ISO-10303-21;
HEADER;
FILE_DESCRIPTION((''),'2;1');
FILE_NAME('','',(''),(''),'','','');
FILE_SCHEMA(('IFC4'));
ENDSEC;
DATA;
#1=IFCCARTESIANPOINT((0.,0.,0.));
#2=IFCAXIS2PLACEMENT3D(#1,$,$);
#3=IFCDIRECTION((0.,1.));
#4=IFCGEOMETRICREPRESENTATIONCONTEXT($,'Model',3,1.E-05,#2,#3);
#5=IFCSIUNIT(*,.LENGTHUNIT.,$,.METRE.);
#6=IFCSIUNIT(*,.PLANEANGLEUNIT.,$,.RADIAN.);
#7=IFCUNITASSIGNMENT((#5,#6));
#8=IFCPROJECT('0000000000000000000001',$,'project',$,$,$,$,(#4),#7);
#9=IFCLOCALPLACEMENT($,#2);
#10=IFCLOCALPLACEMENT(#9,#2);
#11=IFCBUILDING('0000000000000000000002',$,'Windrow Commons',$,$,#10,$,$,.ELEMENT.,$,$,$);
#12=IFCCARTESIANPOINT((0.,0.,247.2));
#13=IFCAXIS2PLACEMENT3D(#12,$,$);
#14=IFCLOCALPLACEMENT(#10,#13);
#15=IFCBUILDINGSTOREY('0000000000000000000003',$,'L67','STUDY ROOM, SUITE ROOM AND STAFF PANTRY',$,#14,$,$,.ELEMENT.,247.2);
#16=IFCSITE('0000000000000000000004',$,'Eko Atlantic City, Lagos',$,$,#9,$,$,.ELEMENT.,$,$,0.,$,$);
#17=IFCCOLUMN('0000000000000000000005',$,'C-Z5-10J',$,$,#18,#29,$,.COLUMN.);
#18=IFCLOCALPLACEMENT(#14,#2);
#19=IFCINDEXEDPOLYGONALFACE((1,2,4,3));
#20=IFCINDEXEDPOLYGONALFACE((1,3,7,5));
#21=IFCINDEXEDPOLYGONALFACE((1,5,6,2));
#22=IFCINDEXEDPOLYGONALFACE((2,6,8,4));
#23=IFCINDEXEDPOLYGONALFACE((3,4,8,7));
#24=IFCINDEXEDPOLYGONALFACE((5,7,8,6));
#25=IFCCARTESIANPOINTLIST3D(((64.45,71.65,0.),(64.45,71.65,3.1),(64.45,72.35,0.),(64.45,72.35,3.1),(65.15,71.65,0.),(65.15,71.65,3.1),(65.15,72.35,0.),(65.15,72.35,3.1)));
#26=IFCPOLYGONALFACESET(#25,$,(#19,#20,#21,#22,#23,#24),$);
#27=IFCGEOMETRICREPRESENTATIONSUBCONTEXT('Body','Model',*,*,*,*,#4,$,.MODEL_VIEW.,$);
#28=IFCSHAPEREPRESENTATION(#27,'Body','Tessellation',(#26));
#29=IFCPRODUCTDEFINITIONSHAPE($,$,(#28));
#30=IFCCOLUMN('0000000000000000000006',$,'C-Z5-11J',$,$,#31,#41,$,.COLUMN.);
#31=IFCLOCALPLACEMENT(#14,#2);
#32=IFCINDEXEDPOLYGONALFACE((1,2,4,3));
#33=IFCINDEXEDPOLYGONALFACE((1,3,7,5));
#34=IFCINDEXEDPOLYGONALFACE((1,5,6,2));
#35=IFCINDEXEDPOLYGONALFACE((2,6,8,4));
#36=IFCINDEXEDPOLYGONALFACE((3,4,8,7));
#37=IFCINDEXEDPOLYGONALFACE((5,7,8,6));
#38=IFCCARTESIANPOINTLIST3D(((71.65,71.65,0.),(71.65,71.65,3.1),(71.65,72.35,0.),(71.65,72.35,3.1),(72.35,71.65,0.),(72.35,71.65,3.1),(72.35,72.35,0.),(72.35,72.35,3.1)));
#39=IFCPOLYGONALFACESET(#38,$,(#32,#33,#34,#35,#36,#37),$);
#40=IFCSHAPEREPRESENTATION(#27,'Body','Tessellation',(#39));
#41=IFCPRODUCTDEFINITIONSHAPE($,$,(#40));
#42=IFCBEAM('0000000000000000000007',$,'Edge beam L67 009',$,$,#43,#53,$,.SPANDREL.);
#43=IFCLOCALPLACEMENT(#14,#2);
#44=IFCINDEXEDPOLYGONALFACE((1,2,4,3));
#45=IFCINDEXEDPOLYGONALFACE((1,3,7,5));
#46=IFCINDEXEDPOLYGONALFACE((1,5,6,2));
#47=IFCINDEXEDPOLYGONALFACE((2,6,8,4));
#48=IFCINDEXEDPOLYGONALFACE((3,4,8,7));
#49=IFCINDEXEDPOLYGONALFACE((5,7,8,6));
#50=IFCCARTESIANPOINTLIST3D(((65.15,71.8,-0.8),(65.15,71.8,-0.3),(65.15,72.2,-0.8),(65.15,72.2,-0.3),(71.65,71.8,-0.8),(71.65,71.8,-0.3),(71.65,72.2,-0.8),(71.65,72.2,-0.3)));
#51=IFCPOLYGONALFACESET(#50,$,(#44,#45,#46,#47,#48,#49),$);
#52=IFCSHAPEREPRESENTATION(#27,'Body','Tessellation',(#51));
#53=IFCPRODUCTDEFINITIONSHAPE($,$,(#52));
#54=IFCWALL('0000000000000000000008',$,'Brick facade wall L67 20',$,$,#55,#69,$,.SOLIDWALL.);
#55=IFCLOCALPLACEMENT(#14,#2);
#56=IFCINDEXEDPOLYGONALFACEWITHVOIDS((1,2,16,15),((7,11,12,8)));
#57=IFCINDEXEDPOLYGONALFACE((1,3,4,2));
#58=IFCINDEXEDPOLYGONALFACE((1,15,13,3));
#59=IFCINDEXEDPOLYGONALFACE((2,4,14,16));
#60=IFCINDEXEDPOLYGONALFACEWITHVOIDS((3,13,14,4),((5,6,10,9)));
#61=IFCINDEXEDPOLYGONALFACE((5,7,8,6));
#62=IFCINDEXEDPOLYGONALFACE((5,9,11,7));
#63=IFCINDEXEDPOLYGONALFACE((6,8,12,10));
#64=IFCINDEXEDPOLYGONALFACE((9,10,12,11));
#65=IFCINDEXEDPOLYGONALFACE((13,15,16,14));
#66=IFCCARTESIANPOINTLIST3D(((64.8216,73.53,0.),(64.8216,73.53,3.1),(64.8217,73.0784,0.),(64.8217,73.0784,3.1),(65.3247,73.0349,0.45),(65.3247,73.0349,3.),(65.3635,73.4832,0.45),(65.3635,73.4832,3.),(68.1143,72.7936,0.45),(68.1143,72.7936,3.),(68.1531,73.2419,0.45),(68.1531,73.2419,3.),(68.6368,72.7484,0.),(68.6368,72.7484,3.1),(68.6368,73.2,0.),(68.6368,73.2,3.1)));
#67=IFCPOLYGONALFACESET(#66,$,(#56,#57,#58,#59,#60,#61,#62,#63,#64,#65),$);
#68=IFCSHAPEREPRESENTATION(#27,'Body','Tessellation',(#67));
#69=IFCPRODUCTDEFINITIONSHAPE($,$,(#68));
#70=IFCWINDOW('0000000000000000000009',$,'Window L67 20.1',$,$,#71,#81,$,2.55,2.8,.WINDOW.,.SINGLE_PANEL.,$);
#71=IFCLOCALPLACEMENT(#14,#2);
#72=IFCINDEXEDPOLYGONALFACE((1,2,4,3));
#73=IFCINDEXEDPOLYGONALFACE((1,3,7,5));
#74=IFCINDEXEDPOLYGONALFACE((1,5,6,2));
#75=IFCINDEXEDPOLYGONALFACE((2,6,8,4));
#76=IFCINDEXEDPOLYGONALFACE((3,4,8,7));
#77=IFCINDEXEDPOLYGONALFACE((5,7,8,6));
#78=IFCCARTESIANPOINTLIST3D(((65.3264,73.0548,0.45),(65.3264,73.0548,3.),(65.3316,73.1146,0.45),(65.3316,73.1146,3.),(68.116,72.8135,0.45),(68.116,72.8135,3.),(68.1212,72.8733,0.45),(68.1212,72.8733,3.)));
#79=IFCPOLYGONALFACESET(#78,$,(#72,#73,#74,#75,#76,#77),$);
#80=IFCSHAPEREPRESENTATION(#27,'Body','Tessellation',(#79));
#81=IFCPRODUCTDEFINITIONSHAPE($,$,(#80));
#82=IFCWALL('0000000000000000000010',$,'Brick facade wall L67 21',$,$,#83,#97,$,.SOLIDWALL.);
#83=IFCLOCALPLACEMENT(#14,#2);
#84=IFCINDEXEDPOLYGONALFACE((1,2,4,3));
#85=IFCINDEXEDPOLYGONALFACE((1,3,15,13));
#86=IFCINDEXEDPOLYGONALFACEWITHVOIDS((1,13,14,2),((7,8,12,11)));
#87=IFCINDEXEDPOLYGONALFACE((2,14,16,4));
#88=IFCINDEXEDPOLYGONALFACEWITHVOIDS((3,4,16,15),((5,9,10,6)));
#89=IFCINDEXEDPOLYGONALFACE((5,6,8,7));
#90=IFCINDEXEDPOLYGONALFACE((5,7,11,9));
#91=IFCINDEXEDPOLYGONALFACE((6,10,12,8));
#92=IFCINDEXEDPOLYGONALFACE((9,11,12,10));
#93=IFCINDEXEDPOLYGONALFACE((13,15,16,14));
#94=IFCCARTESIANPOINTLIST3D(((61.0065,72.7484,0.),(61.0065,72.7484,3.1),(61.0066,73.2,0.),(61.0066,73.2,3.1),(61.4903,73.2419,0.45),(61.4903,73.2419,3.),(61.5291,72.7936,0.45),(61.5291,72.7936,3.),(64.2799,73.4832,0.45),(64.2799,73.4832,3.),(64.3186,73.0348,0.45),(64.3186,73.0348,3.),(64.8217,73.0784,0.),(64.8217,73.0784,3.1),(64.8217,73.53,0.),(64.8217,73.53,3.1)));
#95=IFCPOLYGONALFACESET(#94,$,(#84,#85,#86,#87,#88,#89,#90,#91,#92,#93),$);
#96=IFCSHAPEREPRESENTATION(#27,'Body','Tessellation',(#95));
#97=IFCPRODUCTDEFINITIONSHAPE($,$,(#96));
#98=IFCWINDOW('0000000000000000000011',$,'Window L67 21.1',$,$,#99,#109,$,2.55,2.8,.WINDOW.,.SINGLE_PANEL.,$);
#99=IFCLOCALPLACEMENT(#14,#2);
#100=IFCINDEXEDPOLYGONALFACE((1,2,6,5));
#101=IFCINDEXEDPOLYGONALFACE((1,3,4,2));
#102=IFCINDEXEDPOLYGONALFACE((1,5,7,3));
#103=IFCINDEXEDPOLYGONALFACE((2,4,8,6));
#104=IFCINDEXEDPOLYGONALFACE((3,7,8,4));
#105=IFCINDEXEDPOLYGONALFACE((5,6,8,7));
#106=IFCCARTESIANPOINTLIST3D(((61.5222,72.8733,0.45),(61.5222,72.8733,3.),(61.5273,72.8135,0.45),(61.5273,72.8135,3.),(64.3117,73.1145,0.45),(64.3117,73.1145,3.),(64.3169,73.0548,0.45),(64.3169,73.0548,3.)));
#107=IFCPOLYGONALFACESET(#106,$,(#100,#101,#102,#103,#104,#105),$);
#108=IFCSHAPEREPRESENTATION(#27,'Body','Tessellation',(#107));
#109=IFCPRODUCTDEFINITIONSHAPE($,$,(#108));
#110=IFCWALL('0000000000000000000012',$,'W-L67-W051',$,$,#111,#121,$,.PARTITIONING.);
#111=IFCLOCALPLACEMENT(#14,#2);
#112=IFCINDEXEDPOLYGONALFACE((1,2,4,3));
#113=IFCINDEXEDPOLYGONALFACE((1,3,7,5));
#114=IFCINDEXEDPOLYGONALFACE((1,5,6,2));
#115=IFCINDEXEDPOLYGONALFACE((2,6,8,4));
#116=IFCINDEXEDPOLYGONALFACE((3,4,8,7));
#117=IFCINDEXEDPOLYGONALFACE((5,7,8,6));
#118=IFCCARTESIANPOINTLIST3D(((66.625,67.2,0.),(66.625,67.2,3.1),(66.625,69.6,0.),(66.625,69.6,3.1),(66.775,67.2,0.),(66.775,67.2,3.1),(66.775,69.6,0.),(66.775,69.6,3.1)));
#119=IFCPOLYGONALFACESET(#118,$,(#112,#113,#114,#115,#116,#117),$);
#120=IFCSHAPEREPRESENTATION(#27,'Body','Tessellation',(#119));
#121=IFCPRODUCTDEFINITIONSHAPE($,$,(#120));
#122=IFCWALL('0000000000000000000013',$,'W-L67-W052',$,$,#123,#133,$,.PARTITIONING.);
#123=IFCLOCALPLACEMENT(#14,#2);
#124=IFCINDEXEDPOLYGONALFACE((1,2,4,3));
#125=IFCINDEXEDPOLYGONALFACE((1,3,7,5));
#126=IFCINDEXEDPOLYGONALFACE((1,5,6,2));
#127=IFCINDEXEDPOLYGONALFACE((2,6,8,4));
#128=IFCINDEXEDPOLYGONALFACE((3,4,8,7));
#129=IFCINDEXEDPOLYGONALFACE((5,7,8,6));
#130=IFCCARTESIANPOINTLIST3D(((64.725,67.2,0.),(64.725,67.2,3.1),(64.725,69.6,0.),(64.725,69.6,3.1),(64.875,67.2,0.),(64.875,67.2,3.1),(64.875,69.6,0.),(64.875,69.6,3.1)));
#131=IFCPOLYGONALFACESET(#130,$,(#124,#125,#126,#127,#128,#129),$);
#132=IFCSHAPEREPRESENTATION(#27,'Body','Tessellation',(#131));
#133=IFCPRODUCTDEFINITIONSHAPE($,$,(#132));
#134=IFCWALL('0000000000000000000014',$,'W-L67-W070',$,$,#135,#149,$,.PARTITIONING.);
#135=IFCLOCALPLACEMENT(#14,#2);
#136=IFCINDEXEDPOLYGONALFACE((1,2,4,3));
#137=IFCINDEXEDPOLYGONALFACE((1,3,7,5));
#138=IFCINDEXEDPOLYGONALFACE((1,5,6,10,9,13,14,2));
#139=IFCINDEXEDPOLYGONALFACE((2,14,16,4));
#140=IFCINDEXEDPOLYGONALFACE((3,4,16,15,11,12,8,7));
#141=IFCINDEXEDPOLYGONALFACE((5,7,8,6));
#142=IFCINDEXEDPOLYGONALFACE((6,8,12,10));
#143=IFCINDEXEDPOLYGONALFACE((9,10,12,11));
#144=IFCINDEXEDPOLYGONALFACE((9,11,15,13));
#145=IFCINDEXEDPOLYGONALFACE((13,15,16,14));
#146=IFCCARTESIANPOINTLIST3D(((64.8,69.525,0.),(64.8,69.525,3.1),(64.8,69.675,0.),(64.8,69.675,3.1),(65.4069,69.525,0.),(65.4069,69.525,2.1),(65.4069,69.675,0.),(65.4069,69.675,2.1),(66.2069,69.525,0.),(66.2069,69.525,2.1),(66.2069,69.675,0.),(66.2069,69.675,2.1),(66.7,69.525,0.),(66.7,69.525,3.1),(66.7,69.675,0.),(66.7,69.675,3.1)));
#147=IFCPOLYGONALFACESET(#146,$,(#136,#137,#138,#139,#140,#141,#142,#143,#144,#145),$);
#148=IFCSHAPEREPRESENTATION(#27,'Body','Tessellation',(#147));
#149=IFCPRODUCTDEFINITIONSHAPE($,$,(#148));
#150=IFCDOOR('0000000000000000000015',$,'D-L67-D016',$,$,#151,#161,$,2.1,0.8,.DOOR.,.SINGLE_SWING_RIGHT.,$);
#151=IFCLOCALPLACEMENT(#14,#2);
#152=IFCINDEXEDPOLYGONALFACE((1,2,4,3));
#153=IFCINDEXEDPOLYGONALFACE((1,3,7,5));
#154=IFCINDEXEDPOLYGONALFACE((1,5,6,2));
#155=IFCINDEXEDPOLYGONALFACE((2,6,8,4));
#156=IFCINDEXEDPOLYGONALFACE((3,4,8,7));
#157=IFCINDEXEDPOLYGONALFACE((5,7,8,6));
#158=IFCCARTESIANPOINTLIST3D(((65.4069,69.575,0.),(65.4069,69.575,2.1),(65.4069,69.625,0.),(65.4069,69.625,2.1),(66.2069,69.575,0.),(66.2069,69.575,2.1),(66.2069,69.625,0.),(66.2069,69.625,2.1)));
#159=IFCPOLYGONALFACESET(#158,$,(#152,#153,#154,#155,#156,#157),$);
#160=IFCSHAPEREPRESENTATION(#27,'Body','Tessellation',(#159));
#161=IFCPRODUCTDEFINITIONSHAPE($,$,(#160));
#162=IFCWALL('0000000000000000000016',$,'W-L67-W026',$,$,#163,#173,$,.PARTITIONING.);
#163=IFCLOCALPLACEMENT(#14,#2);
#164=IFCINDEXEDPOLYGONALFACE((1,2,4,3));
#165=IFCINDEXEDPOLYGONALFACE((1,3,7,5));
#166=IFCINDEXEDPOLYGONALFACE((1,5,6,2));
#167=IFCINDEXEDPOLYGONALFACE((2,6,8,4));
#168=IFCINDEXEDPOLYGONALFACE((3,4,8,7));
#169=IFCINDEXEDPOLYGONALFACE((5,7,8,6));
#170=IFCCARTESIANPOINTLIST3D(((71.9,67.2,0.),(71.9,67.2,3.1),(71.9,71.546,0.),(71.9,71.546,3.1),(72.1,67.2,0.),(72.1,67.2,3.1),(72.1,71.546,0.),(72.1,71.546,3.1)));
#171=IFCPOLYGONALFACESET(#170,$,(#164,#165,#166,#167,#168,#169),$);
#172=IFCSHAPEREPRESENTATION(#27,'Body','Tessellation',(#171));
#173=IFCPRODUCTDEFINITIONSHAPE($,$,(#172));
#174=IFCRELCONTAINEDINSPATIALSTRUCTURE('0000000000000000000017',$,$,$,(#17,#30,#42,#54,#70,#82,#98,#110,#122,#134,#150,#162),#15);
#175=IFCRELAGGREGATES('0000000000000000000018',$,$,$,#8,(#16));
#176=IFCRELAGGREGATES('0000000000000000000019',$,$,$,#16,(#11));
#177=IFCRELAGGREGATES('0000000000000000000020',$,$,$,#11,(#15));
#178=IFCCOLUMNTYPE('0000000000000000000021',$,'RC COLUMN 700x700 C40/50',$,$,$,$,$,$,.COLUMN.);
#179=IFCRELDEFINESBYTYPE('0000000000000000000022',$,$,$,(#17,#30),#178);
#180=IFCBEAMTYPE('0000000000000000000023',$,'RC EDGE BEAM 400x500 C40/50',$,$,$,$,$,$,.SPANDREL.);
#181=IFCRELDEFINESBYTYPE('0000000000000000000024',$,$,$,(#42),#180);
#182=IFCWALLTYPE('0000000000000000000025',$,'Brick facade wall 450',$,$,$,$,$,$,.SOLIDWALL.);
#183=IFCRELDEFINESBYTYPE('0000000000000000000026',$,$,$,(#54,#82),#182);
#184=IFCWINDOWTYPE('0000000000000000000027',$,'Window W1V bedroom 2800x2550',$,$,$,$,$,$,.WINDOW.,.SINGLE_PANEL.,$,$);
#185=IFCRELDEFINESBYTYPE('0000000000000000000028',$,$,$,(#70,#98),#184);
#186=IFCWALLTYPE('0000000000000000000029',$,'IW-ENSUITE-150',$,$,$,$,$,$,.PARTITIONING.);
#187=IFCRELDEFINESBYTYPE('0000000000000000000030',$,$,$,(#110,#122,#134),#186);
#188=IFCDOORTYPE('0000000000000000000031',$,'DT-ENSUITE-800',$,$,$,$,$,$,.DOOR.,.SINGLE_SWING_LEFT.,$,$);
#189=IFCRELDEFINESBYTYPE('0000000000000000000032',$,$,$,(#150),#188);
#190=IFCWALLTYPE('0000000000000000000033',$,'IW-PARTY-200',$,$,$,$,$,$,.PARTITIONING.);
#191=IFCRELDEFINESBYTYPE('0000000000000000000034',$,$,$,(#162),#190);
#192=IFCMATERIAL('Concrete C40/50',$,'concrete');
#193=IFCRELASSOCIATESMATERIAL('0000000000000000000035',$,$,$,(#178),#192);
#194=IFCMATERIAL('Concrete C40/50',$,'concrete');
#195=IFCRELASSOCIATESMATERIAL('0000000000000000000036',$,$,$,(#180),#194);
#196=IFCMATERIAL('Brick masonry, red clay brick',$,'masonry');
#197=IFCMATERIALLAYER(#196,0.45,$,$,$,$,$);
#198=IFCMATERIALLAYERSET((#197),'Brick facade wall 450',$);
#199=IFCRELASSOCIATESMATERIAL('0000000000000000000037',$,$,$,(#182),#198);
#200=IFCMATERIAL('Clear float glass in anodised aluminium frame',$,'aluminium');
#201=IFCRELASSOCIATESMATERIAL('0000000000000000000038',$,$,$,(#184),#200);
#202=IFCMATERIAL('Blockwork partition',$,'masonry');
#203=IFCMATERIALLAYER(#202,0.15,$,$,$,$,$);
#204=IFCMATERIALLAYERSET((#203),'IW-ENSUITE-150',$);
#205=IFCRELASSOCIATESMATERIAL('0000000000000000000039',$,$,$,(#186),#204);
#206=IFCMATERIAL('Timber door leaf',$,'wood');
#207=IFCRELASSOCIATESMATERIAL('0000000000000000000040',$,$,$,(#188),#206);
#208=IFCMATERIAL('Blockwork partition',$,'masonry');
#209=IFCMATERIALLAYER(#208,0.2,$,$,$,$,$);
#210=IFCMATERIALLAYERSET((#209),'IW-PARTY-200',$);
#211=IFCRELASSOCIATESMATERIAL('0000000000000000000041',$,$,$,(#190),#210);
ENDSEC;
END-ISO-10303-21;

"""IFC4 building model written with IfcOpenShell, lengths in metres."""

from ifc_helpers import new_model, si_unit, direction, frame, frame_2d, origin, origin_2d, place, context, subcontext, project, spatial, polyline, rectangle, outline, extrude, material, layer, layer_set, material_profile, profile_set, type_object, element, fill, save


model = new_model("IFC4")

# Units and contexts
model_context = context("Model", 3, precision=1e-05, world=origin(), true_north=direction((0.0, 1.0)))
body_context = subcontext(model_context, "Body", "Model", "MODEL_VIEW")
ifc_project = project(units=[si_unit("LENGTHUNIT", "METRE"), si_unit("PLANEANGLEUNIT", "RADIAN")], contexts=[model_context])

# Site, building, storey
site_placement = place(None, origin())
site = spatial("IfcSite", under=ifc_project, at=site_placement, Name="Eko Atlantic City, Lagos", CompositionType="ELEMENT", RefElevation=0.0)
building_placement = place(site_placement, origin())
building = spatial("IfcBuilding", under=site, at=building_placement, Name="Windrow Commons", CompositionType="ELEMENT")
storey_placement = place(building_placement, frame((0.0, 0.0, 247.2)))
storey = spatial("IfcBuildingStorey", under=building, at=storey_placement, Name="L67", Description="STUDY ROOM, SUITE ROOM AND STAFF PANTRY", CompositionType="ELEMENT", Elevation=247.2)

# Columns
ifc_material_1 = material(Name="Concrete C40/50", Category="concrete")
ifc_material_profile_1 = material_profile(ifc_material_1, rectangle(XDim=0.7, YDim=0.7, at=origin_2d()))
ifc_profile_set_1 = profile_set([ifc_material_profile_1], Name="Concrete C40/50")
column_type = type_object("IfcColumnType", Name="RC COLUMN 700x700 C40/50", PredefinedType="COLUMN", material=ifc_profile_set_1)
for number, where, z_axis, x_axis, name in (
    (1, (64.8, 72.0, 0.0), (0.0, 0.0, 1.0), (1.0, 0.0, 0.0), "C-Z5-10J"),
    (2, (72.0, 72.0, 0.0), (0.0, 0.0, 1.0), (1.0, 0.0, 0.0), "C-Z5-11J"),
):
    element("IfcColumn", number, at=place(storey_placement, frame(where, z_axis=z_axis, x_axis=x_axis)), inside=storey, type_object=column_type, Name=name, PredefinedType="COLUMN", context=body_context, shape_type="SweptSolid", body=[
        extrude(rectangle(XDim=0.7, YDim=0.7, at=origin_2d()), origin(), (0.0, 0.0, 1.0), 3.1),
    ])

# Beam
ifc_material_2 = material(Name="Concrete C40/50", Category="concrete")
ifc_material_profile_2 = material_profile(ifc_material_2, rectangle(XDim=0.4, YDim=0.5, at=origin_2d()))
ifc_profile_set_2 = profile_set([ifc_material_profile_2], Name="Concrete C40/50")
beam_type = type_object("IfcBeamType", Name="RC EDGE BEAM 400x500 C40/50", PredefinedType="SPANDREL", material=ifc_profile_set_2)
beam_placement = place(storey_placement, frame((65.15, 72.0, -0.55), z_axis=(1.0, 0.0, 0.0), x_axis=(0.0, 1.0, 0.0)))
element("IfcBeam", 3, at=beam_placement, inside=storey, type_object=beam_type, Name="Edge beam L67 009", PredefinedType="SPANDREL", context=body_context, shape_type="SweptSolid", body=[
    extrude(rectangle(XDim=0.4, YDim=0.5, at=origin_2d()), origin(), (0.0, 0.0, 1.0), 6.5),
])

# Walls, openings, windows
ifc_material_3 = material(Name="Brick masonry, red clay brick", Category="masonry")
ifc_layer_1 = layer(ifc_material_3, 0.45)
ifc_layer_set_1 = layer_set([ifc_layer_1], Name="Brick facade wall 450")
wall_type_1 = type_object("IfcWallType", Name="Brick facade wall 450", PredefinedType="SOLIDWALL", material=ifc_layer_set_1)
wall_1_placement = place(storey_placement, frame((68.6368, 72.9742, 0.0), z_axis=(0.0, 0.0, 1.0), x_axis=(-0.99628, 0.086177, 0.0)))
wall_1 = element("IfcWall", 4, at=wall_1_placement, inside=storey, type_object=wall_type_1, Name="Brick facade wall L67 20", PredefinedType="SOLIDWALL", context=body_context, shape_type="SweptSolid", body=[
    extrude(outline(polyline([(0.0195, -0.225), (3.8489, -0.225), (3.8099, 0.225), (-0.0195, 0.225), (0.0195, -0.225)])), origin(), (0.0, 0.0, 1.0), 3.1),
])
opening_1_placement = place(wall_1_placement, frame((0.505, 0.0, 0.45)))
opening_1 = element("IfcOpeningElement", 5, at=opening_1_placement, cuts=wall_1, PredefinedType="OPENING", context=body_context, shape_type="SweptSolid", body=[
    extrude(rectangle(XDim=2.8, YDim=2.55, at=frame_2d((1.4, 1.275))), frame((0.0, 0.235, 0.0), z_axis=(0.0, -1.0, 0.0), x_axis=(1.0, 0.0, 0.0)), (0.0, 0.0, 1.0), 0.47),
])
ifc_material_4 = material(Name="Clear float glass in anodised aluminium frame", Category="aluminium")
window_type = type_object("IfcWindowType", Name="Window W1V bedroom 2800x2550", PartitioningType="SINGLE_PANEL", PredefinedType="WINDOW", material=ifc_material_4)
window_1_placement = place(opening_1_placement, origin())
window_1 = element("IfcWindow", 6, at=window_1_placement, inside=storey, type_object=window_type, Name="Window L67 20.1", OverallHeight=2.55, OverallWidth=2.8, PartitioningType="SINGLE_PANEL", PredefinedType="WINDOW", context=body_context, shape_type="SweptSolid", body=[
    extrude(rectangle(XDim=2.8, YDim=2.55, at=frame_2d((1.4, 1.275))), frame((0.0, 0.205, 0.0), z_axis=(0.0, -1.0, 0.0), x_axis=(1.0, 0.0, 0.0)), (0.0, 0.0, 1.0), 0.06),
])
fill(opening_1, window_1)
wall_2_placement = place(storey_placement, frame((64.8217, 73.3042, 0.0), z_axis=(0.0, 0.0, 1.0), x_axis=(-0.99628, -0.086174, 0.0)))
wall_2 = element("IfcWall", 7, at=wall_2_placement, inside=storey, type_object=wall_type_1, Name="Brick facade wall L67 21", PredefinedType="SOLIDWALL", context=body_context, shape_type="SweptSolid", body=[
    extrude(outline(polyline([(-0.0195, -0.225), (3.8099, -0.225), (3.8489, 0.225), (0.0195, 0.225), (-0.0195, -0.225)])), origin(), (0.0, 0.0, 1.0), 3.1),
])
opening_2_placement = place(wall_2_placement, frame((0.5244, 0.0, 0.45)))
opening_2 = element("IfcOpeningElement", 8, at=opening_2_placement, cuts=wall_2, PredefinedType="OPENING", context=body_context, shape_type="SweptSolid", body=[
    extrude(rectangle(XDim=2.8, YDim=2.55, at=frame_2d((1.4, 1.275))), frame((0.0, 0.235, 0.0), z_axis=(0.0, -1.0, 0.0), x_axis=(1.0, 0.0, 0.0)), (0.0, 0.0, 1.0), 0.47),
])
window_2_placement = place(opening_2_placement, origin())
window_2 = element("IfcWindow", 9, at=window_2_placement, inside=storey, type_object=window_type, Name="Window L67 21.1", OverallHeight=2.55, OverallWidth=2.8, PartitioningType="SINGLE_PANEL", PredefinedType="WINDOW", context=body_context, shape_type="SweptSolid", body=[
    extrude(rectangle(XDim=2.8, YDim=2.55, at=frame_2d((1.4, 1.275))), frame((0.0, 0.205, 0.0), z_axis=(0.0, -1.0, 0.0), x_axis=(1.0, 0.0, 0.0)), (0.0, 0.0, 1.0), 0.06),
])
fill(opening_2, window_2)

# Walls
ifc_material_5 = material(Name="Blockwork partition", Category="masonry")
ifc_layer_2 = layer(ifc_material_5, 0.15)
ifc_layer_set_2 = layer_set([ifc_layer_2], Name="IW-ENSUITE-150")
wall_type_2 = type_object("IfcWallType", Name="IW-ENSUITE-150", PredefinedType="PARTITIONING", material=ifc_layer_set_2)
for number, where, z_axis, x_axis, name in (
    (10, (66.7, 67.2, 0.0), (0.0, 0.0, 1.0), (0.0, 1.0, 0.0), "W-L67-W051"),
    (11, (64.8, 67.2, 0.0), (0.0, 0.0, 1.0), (0.0, 1.0, 0.0), "W-L67-W052"),
):
    element("IfcWall", number, at=place(storey_placement, frame(where, z_axis=z_axis, x_axis=x_axis)), inside=storey, type_object=wall_type_2, Name=name, PredefinedType="PARTITIONING", context=body_context, shape_type="SweptSolid", body=[
        extrude(rectangle(XDim=2.4, YDim=0.15, at=frame_2d((1.2, 0.0))), origin(), (0.0, 0.0, 1.0), 3.1),
    ])

# Wall, opening, door
wall_3_placement = place(storey_placement, frame((64.8, 69.6, 0.0), z_axis=(0.0, 0.0, 1.0), x_axis=(1.0, 0.0, 0.0)))
wall_3 = element("IfcWall", 12, at=wall_3_placement, inside=storey, type_object=wall_type_2, Name="W-L67-W070", PredefinedType="PARTITIONING", context=body_context, shape_type="SweptSolid", body=[
    extrude(rectangle(XDim=1.9, YDim=0.15, at=frame_2d((0.95, 0.0))), origin(), (0.0, 0.0, 1.0), 3.1),
])
opening_3_placement = place(wall_3_placement, frame((0.6069, 0.0, 0.0)))
opening_3 = element("IfcOpeningElement", 13, at=opening_3_placement, cuts=wall_3, PredefinedType="OPENING", context=body_context, shape_type="SweptSolid", body=[
    extrude(rectangle(XDim=0.8, YDim=2.1, at=frame_2d((0.4, 1.05))), frame((0.0, 0.085, 0.0), z_axis=(0.0, -1.0, 0.0), x_axis=(1.0, 0.0, 0.0)), (0.0, 0.0, 1.0), 0.17),
])
ifc_material_6 = material(Name="Timber door leaf", Category="wood")
door_type = type_object("IfcDoorType", Name="DT-ENSUITE-800", OperationType="SINGLE_SWING_LEFT", PredefinedType="DOOR", material=ifc_material_6)
door_placement = place(opening_3_placement, origin())
door = element("IfcDoor", 14, at=door_placement, inside=storey, type_object=door_type, Name="D-L67-D016", OperationType="SINGLE_SWING_RIGHT", OverallHeight=2.1, OverallWidth=0.8, PredefinedType="DOOR", context=body_context, shape_type="SweptSolid", body=[
    extrude(rectangle(XDim=0.8, YDim=2.1, at=frame_2d((0.4, 1.05))), frame((0.0, 0.025, 0.0), z_axis=(0.0, -1.0, 0.0), x_axis=(1.0, 0.0, 0.0)), (0.0, 0.0, 1.0), 0.05),
])
fill(opening_3, door)

# Wall
ifc_material_7 = material(Name="Blockwork partition", Category="masonry")
ifc_layer_3 = layer(ifc_material_7, 0.2)
ifc_layer_set_3 = layer_set([ifc_layer_3], Name="IW-PARTY-200")
wall_type_3 = type_object("IfcWallType", Name="IW-PARTY-200", PredefinedType="PARTITIONING", material=ifc_layer_set_3)
wall_4_placement = place(storey_placement, frame((72.0, 67.2, 0.0), z_axis=(0.0, 0.0, 1.0), x_axis=(0.0, 1.0, 0.0)))
element("IfcWall", 15, at=wall_4_placement, inside=storey, type_object=wall_type_3, Name="W-L67-W026", PredefinedType="PARTITIONING", context=body_context, shape_type="SweptSolid", body=[
    extrude(rectangle(XDim=4.346, YDim=0.2, at=frame_2d((2.173, 0.0))), origin(), (0.0, 0.0, 1.0), 3.1),
])

save(model, "model.ifc")
